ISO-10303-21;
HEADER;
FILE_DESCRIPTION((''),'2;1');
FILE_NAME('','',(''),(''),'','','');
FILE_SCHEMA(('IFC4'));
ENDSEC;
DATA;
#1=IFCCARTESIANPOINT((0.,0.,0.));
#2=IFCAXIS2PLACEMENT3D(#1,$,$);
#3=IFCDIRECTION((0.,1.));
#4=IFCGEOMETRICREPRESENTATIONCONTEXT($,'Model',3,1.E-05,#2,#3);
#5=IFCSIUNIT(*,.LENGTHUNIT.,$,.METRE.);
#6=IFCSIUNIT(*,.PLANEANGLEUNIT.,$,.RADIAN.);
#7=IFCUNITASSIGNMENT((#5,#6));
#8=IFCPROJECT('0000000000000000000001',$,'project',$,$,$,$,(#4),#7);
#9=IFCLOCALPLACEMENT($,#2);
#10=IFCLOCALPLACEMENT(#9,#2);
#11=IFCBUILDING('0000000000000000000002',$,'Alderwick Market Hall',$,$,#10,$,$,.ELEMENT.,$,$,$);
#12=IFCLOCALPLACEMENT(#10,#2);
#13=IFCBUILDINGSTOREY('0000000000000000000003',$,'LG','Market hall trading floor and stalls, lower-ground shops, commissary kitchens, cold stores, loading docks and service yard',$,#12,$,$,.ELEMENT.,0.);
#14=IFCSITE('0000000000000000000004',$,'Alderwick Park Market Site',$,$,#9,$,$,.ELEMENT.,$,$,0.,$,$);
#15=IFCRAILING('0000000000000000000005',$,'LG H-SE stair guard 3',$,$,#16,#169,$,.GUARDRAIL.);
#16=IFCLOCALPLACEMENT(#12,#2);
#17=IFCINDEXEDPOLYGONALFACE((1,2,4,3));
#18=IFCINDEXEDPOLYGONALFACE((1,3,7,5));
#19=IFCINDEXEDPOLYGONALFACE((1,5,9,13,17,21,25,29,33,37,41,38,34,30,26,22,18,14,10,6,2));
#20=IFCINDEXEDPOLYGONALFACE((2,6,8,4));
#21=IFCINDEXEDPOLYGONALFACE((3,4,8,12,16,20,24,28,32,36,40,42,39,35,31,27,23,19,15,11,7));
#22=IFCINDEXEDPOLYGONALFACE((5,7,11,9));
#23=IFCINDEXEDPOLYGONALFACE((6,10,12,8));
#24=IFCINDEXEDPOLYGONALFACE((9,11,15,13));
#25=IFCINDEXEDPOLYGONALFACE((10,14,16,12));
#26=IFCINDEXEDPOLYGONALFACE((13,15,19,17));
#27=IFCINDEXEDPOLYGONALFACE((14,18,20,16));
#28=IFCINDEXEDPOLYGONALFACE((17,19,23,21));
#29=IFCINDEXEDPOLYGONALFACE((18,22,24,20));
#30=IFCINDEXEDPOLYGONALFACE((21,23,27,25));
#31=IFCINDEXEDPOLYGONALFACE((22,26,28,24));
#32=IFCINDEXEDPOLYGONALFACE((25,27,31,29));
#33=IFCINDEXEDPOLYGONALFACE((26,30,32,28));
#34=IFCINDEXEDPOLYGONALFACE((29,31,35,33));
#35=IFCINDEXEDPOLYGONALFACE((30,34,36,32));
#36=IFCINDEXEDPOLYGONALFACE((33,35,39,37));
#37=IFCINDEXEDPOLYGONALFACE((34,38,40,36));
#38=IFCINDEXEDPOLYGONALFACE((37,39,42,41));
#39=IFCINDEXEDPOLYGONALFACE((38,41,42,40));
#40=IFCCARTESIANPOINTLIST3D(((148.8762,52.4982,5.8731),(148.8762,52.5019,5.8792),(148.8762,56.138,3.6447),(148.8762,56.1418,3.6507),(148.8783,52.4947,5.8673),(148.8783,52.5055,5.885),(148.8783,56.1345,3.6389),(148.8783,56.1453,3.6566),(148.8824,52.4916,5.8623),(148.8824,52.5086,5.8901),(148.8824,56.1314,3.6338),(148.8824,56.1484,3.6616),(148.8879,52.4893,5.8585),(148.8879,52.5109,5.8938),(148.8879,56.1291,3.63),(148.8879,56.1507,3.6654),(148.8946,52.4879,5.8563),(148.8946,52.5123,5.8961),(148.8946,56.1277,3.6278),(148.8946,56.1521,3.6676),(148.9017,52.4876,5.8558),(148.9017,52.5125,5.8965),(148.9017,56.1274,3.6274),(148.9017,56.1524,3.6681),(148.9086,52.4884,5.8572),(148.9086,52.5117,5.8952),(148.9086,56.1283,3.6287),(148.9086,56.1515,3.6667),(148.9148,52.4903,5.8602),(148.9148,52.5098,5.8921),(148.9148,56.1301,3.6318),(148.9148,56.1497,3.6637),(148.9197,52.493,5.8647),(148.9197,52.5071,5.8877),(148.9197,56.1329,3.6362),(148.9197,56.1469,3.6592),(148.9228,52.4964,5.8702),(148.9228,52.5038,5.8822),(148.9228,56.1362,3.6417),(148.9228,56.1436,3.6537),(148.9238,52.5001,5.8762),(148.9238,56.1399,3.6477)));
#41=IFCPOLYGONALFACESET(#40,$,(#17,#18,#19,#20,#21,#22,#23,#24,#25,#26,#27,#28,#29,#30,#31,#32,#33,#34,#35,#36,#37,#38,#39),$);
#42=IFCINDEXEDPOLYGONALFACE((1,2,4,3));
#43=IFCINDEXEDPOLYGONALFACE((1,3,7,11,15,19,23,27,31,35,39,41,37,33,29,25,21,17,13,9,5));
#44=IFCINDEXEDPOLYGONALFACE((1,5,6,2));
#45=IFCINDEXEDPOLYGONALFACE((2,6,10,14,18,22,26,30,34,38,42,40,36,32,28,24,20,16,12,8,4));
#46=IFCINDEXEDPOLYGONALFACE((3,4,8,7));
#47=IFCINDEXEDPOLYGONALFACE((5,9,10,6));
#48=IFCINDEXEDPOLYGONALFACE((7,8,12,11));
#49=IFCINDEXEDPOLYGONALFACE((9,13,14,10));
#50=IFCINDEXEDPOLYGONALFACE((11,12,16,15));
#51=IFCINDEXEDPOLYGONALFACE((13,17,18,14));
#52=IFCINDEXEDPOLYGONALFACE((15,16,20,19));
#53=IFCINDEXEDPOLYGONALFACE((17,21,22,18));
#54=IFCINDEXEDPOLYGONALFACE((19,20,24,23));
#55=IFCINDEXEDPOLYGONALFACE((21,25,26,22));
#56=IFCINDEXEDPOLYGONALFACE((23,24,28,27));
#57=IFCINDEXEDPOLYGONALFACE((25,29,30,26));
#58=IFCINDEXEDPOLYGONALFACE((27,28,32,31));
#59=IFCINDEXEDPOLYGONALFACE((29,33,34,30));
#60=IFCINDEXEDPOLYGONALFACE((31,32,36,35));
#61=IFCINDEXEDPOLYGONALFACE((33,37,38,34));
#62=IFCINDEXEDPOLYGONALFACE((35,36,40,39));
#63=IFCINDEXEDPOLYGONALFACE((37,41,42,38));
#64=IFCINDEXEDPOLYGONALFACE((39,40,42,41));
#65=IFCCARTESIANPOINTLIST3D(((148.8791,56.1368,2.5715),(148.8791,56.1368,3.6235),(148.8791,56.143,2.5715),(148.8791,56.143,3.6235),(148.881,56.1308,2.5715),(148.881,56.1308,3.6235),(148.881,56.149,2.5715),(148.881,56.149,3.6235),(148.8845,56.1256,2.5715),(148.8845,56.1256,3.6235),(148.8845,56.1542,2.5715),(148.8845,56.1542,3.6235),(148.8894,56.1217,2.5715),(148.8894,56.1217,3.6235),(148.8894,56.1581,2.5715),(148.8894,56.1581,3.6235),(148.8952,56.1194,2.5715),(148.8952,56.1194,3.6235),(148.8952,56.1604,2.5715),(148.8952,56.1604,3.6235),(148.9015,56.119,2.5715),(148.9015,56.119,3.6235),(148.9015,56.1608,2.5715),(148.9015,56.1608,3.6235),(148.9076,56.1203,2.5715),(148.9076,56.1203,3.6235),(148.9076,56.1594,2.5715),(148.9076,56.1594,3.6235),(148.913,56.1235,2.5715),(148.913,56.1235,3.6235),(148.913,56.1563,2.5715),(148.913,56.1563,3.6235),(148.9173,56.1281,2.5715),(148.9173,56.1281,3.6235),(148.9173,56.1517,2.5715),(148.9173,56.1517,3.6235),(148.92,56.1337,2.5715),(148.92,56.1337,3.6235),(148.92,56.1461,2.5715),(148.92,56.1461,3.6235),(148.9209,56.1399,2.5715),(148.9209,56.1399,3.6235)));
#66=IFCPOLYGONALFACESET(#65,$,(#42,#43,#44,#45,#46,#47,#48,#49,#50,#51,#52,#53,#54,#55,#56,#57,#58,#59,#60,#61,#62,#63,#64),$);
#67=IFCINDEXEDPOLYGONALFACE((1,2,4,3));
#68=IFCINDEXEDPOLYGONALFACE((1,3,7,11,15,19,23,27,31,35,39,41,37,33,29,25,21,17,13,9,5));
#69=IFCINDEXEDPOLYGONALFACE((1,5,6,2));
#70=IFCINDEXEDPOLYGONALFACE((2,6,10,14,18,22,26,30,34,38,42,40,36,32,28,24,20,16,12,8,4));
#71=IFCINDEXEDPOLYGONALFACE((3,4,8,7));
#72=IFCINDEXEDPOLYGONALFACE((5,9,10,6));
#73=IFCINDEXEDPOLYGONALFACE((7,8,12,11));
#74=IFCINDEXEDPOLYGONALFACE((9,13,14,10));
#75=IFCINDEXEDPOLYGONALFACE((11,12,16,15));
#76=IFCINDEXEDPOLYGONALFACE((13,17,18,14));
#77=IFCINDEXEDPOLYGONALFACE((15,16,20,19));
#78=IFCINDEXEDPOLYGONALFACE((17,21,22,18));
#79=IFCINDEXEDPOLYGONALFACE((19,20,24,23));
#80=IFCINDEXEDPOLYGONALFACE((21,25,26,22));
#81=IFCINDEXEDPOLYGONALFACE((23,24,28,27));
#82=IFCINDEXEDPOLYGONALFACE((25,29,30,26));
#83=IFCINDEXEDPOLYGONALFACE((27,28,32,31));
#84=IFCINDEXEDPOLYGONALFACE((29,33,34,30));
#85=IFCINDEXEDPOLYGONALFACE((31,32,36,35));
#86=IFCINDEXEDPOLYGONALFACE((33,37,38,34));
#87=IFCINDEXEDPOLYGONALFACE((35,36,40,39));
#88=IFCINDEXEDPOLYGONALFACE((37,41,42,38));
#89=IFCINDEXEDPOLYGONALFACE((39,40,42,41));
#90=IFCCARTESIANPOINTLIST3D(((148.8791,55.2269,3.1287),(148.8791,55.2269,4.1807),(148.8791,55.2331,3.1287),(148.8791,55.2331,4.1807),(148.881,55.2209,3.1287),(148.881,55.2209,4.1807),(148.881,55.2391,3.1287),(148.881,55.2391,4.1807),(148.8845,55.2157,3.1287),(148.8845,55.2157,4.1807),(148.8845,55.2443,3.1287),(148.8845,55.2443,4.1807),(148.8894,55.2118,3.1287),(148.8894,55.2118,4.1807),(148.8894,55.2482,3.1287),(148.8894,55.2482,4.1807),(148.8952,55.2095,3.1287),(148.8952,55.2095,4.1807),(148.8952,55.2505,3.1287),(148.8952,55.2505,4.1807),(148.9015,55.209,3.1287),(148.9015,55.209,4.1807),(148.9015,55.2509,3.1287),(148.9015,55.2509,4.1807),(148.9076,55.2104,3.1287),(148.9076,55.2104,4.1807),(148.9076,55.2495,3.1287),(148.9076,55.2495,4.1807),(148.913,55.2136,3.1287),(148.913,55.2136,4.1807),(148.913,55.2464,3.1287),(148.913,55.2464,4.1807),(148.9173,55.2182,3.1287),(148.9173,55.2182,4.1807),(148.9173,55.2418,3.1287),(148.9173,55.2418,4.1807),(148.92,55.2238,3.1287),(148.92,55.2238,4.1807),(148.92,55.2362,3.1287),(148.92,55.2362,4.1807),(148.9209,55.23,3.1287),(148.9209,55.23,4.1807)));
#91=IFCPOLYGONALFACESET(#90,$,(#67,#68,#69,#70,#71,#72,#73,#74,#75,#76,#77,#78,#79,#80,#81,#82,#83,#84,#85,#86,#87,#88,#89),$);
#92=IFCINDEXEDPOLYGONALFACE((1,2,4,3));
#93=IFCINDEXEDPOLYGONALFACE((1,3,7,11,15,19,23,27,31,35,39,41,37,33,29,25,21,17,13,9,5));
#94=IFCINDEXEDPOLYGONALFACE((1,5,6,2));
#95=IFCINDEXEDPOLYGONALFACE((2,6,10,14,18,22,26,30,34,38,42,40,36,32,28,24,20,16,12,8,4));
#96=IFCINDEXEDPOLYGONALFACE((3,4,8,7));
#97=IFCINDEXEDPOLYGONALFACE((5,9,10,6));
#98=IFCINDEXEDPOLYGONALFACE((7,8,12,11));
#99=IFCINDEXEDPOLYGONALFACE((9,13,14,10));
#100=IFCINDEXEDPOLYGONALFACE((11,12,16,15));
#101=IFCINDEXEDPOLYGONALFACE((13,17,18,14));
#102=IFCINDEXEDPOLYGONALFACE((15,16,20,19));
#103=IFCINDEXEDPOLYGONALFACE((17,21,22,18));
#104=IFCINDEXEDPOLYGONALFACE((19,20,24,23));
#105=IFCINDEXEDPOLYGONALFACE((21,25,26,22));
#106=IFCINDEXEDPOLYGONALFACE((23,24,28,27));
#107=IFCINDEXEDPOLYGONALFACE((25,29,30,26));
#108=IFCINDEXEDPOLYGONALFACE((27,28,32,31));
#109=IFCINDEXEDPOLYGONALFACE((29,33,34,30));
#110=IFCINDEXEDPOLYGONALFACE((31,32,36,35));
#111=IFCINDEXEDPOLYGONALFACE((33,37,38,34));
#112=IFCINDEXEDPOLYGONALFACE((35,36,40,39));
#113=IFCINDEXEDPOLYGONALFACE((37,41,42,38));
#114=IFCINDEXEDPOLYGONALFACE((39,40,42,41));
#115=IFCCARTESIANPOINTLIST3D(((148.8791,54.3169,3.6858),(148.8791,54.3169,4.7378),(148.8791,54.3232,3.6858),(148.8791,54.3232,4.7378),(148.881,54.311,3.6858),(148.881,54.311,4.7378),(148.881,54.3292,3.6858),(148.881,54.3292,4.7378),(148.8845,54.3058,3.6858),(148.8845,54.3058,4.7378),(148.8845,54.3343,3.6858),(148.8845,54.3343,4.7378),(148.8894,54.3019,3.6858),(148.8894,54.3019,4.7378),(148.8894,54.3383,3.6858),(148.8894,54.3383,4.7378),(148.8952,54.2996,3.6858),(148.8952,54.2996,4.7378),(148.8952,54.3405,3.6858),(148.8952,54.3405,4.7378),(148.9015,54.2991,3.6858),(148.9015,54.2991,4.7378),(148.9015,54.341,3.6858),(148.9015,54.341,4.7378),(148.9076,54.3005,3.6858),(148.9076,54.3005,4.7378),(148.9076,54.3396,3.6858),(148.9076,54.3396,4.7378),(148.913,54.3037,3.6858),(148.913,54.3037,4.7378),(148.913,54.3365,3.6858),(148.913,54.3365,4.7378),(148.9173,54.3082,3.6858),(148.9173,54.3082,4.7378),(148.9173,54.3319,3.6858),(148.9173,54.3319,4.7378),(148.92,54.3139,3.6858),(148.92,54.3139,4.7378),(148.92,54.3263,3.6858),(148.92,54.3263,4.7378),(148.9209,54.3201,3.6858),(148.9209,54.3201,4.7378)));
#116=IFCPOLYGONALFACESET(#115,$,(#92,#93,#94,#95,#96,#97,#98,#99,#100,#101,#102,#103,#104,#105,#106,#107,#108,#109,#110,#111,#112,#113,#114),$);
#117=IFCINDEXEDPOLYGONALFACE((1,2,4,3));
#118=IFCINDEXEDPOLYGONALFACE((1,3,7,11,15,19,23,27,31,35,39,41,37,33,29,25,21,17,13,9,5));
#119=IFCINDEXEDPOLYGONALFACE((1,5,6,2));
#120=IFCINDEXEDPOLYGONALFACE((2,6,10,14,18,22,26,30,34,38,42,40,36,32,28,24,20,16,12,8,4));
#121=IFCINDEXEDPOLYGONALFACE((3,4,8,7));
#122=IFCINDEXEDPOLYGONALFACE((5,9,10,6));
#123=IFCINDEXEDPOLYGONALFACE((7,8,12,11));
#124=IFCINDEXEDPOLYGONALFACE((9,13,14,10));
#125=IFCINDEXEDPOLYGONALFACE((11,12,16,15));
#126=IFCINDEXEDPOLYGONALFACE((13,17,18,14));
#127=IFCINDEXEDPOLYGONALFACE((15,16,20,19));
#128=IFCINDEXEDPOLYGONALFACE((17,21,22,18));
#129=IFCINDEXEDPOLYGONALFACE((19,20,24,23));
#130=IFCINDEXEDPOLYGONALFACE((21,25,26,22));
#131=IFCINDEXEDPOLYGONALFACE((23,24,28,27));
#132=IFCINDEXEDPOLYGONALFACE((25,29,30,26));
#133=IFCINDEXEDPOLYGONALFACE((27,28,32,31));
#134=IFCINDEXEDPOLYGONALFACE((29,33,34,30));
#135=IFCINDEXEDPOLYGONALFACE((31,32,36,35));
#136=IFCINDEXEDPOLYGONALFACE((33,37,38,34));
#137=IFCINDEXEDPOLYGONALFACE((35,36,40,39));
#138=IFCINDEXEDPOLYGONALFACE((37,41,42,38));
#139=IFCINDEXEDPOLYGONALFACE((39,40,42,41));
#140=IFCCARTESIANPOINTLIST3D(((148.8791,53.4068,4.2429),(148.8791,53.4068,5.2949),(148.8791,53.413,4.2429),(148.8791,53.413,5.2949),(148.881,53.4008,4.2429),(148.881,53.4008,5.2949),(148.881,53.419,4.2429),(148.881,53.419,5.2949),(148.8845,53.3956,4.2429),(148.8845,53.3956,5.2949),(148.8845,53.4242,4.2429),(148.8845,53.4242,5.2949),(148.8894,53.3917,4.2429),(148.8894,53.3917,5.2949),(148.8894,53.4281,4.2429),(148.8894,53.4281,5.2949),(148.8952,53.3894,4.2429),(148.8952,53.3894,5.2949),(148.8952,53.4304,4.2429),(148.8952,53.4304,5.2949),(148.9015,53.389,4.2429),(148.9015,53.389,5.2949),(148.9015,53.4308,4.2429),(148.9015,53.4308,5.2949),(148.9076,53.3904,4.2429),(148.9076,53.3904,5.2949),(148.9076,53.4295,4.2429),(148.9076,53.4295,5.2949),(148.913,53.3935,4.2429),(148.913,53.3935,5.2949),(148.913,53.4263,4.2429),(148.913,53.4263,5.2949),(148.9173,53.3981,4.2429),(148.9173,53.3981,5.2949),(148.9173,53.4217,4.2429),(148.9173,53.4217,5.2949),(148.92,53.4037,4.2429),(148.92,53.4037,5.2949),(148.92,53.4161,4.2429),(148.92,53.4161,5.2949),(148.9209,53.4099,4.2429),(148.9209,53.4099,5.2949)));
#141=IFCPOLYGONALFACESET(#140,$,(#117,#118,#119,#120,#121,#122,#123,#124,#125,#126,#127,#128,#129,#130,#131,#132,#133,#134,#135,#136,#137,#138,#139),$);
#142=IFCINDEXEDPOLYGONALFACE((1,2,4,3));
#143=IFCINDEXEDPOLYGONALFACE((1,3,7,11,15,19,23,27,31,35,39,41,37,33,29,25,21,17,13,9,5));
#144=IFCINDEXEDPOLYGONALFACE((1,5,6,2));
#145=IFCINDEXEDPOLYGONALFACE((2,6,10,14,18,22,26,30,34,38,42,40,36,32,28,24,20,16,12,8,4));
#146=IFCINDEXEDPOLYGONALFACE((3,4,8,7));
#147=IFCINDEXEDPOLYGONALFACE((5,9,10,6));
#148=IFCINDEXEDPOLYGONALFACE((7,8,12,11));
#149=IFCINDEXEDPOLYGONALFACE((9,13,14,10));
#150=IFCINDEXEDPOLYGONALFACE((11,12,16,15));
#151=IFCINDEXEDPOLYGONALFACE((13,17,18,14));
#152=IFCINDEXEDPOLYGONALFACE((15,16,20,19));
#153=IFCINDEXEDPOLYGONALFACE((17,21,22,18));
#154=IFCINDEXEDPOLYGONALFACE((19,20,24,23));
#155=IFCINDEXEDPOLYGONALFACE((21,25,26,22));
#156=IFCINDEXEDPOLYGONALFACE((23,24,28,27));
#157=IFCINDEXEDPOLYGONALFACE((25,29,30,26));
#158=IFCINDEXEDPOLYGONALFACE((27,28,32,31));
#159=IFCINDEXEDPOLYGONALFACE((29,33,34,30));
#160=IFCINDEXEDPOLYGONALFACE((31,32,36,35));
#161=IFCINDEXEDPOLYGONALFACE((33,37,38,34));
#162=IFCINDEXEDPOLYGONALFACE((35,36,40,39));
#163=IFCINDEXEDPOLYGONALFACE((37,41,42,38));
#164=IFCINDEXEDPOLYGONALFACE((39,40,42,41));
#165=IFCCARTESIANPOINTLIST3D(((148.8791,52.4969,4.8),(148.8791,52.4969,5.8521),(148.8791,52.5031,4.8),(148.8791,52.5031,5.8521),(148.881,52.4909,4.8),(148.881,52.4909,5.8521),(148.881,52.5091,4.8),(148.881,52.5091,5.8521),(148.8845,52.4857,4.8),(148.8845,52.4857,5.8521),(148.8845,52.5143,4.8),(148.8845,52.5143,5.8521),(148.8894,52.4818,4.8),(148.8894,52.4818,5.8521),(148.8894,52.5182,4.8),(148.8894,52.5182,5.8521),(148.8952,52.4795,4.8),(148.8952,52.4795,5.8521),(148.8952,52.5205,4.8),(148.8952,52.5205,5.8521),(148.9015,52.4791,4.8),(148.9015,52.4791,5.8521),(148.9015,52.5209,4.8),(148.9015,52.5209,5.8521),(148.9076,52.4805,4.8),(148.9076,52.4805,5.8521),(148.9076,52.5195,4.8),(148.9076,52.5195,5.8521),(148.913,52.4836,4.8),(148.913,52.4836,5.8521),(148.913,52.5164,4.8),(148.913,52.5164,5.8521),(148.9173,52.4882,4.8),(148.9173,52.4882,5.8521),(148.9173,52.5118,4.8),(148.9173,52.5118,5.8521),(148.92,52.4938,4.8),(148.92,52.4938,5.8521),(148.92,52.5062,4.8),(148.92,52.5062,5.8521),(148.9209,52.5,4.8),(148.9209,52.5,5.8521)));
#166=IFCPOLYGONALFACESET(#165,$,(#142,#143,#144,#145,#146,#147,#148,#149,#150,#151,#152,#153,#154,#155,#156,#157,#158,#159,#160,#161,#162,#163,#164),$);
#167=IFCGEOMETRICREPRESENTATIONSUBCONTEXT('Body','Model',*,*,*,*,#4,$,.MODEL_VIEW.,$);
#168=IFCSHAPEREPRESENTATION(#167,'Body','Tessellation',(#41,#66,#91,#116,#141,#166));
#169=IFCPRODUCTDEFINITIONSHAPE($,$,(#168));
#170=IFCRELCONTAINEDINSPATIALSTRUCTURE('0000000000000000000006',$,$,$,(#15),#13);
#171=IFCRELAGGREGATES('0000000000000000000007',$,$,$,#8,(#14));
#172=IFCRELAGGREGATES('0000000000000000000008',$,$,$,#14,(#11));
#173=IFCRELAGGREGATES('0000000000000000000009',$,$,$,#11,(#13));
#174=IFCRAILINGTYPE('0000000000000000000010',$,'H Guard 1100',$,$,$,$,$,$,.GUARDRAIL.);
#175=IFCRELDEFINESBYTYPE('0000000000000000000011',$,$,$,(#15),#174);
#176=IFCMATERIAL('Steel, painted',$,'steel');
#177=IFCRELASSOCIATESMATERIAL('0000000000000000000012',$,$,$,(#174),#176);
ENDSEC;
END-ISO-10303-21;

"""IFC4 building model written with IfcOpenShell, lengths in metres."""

from ifc_helpers import new_model, si_unit, direction, frame, origin, origin_2d, place, context, subcontext, project, spatial, circle, extrude, material, type_object, element, save


model = new_model("IFC4")

# Units and contexts
model_context = context("Model", 3, precision=1e-05, world=origin(), true_north=direction((0.0, 1.0)))
body_context = subcontext(model_context, "Body", "Model", "MODEL_VIEW")
ifc_project = project(units=[si_unit("LENGTHUNIT", "METRE"), si_unit("PLANEANGLEUNIT", "RADIAN")], contexts=[model_context])

# Site, building, storey
site_placement = place(None, origin())
site = spatial("IfcSite", under=ifc_project, at=site_placement, Name="Alderwick Park Market Site", CompositionType="ELEMENT", RefElevation=0.0)
building_placement = place(site_placement, origin())
building = spatial("IfcBuilding", under=site, at=building_placement, Name="Alderwick Market Hall", CompositionType="ELEMENT")
storey_placement = place(building_placement, origin())
storey = spatial("IfcBuildingStorey", under=building, at=storey_placement, Name="LG", Description="Market hall trading floor and stalls, lower-ground shops, commissary kitchens, cold stores, loading docks and service yard", CompositionType="ELEMENT", Elevation=0.0)

# Railing
ifc_material_1 = material(Name="Steel, painted", Category="steel")
railing_type_1 = type_object("IfcRailingType", Name="H Guard 1100", PredefinedType="GUARDRAIL", material=ifc_material_1)
railing_1_placement = place(storey_placement, frame((148.8999, 56.1399, 2.5715)))
element("IfcRailing", 1, at=railing_1_placement, inside=storey, type_object=railing_type_1, Name="LG H-SE stair guard 3", PredefinedType="GUARDRAIL", context=body_context, shape_type="SweptSolid", body=[
    extrude(circle(Radius=0.0239, at=origin_2d()), frame((0.0, 0.0, 1.0762), z_axis=(0.0, -0.85285, 0.522156), x_axis=(1.0, 0.0, 0.0)), (0.0, 0.0, 1.0), 4.2678),
    extrude(circle(Radius=0.021, at=origin_2d()), origin(), (0.0, 0.0, 1.0), 1.052),
    extrude(circle(Radius=0.021, at=origin_2d()), frame((0.0, -0.9099, 0.5571)), (0.0, 0.0, 1.0), 1.052),
    extrude(circle(Radius=0.021, at=origin_2d()), frame((0.0, -1.8198, 1.1143)), (0.0, 0.0, 1.0), 1.052),
    extrude(circle(Radius=0.021, at=origin_2d()), frame((0.0, -2.73, 1.6714)), (0.0, 0.0, 1.0), 1.052),
    extrude(circle(Radius=0.021, at=origin_2d()), frame((0.0, -3.6399, 2.2285)), (0.0, 0.0, 1.0), 1.052),
])

save(model, "model.ifc")
